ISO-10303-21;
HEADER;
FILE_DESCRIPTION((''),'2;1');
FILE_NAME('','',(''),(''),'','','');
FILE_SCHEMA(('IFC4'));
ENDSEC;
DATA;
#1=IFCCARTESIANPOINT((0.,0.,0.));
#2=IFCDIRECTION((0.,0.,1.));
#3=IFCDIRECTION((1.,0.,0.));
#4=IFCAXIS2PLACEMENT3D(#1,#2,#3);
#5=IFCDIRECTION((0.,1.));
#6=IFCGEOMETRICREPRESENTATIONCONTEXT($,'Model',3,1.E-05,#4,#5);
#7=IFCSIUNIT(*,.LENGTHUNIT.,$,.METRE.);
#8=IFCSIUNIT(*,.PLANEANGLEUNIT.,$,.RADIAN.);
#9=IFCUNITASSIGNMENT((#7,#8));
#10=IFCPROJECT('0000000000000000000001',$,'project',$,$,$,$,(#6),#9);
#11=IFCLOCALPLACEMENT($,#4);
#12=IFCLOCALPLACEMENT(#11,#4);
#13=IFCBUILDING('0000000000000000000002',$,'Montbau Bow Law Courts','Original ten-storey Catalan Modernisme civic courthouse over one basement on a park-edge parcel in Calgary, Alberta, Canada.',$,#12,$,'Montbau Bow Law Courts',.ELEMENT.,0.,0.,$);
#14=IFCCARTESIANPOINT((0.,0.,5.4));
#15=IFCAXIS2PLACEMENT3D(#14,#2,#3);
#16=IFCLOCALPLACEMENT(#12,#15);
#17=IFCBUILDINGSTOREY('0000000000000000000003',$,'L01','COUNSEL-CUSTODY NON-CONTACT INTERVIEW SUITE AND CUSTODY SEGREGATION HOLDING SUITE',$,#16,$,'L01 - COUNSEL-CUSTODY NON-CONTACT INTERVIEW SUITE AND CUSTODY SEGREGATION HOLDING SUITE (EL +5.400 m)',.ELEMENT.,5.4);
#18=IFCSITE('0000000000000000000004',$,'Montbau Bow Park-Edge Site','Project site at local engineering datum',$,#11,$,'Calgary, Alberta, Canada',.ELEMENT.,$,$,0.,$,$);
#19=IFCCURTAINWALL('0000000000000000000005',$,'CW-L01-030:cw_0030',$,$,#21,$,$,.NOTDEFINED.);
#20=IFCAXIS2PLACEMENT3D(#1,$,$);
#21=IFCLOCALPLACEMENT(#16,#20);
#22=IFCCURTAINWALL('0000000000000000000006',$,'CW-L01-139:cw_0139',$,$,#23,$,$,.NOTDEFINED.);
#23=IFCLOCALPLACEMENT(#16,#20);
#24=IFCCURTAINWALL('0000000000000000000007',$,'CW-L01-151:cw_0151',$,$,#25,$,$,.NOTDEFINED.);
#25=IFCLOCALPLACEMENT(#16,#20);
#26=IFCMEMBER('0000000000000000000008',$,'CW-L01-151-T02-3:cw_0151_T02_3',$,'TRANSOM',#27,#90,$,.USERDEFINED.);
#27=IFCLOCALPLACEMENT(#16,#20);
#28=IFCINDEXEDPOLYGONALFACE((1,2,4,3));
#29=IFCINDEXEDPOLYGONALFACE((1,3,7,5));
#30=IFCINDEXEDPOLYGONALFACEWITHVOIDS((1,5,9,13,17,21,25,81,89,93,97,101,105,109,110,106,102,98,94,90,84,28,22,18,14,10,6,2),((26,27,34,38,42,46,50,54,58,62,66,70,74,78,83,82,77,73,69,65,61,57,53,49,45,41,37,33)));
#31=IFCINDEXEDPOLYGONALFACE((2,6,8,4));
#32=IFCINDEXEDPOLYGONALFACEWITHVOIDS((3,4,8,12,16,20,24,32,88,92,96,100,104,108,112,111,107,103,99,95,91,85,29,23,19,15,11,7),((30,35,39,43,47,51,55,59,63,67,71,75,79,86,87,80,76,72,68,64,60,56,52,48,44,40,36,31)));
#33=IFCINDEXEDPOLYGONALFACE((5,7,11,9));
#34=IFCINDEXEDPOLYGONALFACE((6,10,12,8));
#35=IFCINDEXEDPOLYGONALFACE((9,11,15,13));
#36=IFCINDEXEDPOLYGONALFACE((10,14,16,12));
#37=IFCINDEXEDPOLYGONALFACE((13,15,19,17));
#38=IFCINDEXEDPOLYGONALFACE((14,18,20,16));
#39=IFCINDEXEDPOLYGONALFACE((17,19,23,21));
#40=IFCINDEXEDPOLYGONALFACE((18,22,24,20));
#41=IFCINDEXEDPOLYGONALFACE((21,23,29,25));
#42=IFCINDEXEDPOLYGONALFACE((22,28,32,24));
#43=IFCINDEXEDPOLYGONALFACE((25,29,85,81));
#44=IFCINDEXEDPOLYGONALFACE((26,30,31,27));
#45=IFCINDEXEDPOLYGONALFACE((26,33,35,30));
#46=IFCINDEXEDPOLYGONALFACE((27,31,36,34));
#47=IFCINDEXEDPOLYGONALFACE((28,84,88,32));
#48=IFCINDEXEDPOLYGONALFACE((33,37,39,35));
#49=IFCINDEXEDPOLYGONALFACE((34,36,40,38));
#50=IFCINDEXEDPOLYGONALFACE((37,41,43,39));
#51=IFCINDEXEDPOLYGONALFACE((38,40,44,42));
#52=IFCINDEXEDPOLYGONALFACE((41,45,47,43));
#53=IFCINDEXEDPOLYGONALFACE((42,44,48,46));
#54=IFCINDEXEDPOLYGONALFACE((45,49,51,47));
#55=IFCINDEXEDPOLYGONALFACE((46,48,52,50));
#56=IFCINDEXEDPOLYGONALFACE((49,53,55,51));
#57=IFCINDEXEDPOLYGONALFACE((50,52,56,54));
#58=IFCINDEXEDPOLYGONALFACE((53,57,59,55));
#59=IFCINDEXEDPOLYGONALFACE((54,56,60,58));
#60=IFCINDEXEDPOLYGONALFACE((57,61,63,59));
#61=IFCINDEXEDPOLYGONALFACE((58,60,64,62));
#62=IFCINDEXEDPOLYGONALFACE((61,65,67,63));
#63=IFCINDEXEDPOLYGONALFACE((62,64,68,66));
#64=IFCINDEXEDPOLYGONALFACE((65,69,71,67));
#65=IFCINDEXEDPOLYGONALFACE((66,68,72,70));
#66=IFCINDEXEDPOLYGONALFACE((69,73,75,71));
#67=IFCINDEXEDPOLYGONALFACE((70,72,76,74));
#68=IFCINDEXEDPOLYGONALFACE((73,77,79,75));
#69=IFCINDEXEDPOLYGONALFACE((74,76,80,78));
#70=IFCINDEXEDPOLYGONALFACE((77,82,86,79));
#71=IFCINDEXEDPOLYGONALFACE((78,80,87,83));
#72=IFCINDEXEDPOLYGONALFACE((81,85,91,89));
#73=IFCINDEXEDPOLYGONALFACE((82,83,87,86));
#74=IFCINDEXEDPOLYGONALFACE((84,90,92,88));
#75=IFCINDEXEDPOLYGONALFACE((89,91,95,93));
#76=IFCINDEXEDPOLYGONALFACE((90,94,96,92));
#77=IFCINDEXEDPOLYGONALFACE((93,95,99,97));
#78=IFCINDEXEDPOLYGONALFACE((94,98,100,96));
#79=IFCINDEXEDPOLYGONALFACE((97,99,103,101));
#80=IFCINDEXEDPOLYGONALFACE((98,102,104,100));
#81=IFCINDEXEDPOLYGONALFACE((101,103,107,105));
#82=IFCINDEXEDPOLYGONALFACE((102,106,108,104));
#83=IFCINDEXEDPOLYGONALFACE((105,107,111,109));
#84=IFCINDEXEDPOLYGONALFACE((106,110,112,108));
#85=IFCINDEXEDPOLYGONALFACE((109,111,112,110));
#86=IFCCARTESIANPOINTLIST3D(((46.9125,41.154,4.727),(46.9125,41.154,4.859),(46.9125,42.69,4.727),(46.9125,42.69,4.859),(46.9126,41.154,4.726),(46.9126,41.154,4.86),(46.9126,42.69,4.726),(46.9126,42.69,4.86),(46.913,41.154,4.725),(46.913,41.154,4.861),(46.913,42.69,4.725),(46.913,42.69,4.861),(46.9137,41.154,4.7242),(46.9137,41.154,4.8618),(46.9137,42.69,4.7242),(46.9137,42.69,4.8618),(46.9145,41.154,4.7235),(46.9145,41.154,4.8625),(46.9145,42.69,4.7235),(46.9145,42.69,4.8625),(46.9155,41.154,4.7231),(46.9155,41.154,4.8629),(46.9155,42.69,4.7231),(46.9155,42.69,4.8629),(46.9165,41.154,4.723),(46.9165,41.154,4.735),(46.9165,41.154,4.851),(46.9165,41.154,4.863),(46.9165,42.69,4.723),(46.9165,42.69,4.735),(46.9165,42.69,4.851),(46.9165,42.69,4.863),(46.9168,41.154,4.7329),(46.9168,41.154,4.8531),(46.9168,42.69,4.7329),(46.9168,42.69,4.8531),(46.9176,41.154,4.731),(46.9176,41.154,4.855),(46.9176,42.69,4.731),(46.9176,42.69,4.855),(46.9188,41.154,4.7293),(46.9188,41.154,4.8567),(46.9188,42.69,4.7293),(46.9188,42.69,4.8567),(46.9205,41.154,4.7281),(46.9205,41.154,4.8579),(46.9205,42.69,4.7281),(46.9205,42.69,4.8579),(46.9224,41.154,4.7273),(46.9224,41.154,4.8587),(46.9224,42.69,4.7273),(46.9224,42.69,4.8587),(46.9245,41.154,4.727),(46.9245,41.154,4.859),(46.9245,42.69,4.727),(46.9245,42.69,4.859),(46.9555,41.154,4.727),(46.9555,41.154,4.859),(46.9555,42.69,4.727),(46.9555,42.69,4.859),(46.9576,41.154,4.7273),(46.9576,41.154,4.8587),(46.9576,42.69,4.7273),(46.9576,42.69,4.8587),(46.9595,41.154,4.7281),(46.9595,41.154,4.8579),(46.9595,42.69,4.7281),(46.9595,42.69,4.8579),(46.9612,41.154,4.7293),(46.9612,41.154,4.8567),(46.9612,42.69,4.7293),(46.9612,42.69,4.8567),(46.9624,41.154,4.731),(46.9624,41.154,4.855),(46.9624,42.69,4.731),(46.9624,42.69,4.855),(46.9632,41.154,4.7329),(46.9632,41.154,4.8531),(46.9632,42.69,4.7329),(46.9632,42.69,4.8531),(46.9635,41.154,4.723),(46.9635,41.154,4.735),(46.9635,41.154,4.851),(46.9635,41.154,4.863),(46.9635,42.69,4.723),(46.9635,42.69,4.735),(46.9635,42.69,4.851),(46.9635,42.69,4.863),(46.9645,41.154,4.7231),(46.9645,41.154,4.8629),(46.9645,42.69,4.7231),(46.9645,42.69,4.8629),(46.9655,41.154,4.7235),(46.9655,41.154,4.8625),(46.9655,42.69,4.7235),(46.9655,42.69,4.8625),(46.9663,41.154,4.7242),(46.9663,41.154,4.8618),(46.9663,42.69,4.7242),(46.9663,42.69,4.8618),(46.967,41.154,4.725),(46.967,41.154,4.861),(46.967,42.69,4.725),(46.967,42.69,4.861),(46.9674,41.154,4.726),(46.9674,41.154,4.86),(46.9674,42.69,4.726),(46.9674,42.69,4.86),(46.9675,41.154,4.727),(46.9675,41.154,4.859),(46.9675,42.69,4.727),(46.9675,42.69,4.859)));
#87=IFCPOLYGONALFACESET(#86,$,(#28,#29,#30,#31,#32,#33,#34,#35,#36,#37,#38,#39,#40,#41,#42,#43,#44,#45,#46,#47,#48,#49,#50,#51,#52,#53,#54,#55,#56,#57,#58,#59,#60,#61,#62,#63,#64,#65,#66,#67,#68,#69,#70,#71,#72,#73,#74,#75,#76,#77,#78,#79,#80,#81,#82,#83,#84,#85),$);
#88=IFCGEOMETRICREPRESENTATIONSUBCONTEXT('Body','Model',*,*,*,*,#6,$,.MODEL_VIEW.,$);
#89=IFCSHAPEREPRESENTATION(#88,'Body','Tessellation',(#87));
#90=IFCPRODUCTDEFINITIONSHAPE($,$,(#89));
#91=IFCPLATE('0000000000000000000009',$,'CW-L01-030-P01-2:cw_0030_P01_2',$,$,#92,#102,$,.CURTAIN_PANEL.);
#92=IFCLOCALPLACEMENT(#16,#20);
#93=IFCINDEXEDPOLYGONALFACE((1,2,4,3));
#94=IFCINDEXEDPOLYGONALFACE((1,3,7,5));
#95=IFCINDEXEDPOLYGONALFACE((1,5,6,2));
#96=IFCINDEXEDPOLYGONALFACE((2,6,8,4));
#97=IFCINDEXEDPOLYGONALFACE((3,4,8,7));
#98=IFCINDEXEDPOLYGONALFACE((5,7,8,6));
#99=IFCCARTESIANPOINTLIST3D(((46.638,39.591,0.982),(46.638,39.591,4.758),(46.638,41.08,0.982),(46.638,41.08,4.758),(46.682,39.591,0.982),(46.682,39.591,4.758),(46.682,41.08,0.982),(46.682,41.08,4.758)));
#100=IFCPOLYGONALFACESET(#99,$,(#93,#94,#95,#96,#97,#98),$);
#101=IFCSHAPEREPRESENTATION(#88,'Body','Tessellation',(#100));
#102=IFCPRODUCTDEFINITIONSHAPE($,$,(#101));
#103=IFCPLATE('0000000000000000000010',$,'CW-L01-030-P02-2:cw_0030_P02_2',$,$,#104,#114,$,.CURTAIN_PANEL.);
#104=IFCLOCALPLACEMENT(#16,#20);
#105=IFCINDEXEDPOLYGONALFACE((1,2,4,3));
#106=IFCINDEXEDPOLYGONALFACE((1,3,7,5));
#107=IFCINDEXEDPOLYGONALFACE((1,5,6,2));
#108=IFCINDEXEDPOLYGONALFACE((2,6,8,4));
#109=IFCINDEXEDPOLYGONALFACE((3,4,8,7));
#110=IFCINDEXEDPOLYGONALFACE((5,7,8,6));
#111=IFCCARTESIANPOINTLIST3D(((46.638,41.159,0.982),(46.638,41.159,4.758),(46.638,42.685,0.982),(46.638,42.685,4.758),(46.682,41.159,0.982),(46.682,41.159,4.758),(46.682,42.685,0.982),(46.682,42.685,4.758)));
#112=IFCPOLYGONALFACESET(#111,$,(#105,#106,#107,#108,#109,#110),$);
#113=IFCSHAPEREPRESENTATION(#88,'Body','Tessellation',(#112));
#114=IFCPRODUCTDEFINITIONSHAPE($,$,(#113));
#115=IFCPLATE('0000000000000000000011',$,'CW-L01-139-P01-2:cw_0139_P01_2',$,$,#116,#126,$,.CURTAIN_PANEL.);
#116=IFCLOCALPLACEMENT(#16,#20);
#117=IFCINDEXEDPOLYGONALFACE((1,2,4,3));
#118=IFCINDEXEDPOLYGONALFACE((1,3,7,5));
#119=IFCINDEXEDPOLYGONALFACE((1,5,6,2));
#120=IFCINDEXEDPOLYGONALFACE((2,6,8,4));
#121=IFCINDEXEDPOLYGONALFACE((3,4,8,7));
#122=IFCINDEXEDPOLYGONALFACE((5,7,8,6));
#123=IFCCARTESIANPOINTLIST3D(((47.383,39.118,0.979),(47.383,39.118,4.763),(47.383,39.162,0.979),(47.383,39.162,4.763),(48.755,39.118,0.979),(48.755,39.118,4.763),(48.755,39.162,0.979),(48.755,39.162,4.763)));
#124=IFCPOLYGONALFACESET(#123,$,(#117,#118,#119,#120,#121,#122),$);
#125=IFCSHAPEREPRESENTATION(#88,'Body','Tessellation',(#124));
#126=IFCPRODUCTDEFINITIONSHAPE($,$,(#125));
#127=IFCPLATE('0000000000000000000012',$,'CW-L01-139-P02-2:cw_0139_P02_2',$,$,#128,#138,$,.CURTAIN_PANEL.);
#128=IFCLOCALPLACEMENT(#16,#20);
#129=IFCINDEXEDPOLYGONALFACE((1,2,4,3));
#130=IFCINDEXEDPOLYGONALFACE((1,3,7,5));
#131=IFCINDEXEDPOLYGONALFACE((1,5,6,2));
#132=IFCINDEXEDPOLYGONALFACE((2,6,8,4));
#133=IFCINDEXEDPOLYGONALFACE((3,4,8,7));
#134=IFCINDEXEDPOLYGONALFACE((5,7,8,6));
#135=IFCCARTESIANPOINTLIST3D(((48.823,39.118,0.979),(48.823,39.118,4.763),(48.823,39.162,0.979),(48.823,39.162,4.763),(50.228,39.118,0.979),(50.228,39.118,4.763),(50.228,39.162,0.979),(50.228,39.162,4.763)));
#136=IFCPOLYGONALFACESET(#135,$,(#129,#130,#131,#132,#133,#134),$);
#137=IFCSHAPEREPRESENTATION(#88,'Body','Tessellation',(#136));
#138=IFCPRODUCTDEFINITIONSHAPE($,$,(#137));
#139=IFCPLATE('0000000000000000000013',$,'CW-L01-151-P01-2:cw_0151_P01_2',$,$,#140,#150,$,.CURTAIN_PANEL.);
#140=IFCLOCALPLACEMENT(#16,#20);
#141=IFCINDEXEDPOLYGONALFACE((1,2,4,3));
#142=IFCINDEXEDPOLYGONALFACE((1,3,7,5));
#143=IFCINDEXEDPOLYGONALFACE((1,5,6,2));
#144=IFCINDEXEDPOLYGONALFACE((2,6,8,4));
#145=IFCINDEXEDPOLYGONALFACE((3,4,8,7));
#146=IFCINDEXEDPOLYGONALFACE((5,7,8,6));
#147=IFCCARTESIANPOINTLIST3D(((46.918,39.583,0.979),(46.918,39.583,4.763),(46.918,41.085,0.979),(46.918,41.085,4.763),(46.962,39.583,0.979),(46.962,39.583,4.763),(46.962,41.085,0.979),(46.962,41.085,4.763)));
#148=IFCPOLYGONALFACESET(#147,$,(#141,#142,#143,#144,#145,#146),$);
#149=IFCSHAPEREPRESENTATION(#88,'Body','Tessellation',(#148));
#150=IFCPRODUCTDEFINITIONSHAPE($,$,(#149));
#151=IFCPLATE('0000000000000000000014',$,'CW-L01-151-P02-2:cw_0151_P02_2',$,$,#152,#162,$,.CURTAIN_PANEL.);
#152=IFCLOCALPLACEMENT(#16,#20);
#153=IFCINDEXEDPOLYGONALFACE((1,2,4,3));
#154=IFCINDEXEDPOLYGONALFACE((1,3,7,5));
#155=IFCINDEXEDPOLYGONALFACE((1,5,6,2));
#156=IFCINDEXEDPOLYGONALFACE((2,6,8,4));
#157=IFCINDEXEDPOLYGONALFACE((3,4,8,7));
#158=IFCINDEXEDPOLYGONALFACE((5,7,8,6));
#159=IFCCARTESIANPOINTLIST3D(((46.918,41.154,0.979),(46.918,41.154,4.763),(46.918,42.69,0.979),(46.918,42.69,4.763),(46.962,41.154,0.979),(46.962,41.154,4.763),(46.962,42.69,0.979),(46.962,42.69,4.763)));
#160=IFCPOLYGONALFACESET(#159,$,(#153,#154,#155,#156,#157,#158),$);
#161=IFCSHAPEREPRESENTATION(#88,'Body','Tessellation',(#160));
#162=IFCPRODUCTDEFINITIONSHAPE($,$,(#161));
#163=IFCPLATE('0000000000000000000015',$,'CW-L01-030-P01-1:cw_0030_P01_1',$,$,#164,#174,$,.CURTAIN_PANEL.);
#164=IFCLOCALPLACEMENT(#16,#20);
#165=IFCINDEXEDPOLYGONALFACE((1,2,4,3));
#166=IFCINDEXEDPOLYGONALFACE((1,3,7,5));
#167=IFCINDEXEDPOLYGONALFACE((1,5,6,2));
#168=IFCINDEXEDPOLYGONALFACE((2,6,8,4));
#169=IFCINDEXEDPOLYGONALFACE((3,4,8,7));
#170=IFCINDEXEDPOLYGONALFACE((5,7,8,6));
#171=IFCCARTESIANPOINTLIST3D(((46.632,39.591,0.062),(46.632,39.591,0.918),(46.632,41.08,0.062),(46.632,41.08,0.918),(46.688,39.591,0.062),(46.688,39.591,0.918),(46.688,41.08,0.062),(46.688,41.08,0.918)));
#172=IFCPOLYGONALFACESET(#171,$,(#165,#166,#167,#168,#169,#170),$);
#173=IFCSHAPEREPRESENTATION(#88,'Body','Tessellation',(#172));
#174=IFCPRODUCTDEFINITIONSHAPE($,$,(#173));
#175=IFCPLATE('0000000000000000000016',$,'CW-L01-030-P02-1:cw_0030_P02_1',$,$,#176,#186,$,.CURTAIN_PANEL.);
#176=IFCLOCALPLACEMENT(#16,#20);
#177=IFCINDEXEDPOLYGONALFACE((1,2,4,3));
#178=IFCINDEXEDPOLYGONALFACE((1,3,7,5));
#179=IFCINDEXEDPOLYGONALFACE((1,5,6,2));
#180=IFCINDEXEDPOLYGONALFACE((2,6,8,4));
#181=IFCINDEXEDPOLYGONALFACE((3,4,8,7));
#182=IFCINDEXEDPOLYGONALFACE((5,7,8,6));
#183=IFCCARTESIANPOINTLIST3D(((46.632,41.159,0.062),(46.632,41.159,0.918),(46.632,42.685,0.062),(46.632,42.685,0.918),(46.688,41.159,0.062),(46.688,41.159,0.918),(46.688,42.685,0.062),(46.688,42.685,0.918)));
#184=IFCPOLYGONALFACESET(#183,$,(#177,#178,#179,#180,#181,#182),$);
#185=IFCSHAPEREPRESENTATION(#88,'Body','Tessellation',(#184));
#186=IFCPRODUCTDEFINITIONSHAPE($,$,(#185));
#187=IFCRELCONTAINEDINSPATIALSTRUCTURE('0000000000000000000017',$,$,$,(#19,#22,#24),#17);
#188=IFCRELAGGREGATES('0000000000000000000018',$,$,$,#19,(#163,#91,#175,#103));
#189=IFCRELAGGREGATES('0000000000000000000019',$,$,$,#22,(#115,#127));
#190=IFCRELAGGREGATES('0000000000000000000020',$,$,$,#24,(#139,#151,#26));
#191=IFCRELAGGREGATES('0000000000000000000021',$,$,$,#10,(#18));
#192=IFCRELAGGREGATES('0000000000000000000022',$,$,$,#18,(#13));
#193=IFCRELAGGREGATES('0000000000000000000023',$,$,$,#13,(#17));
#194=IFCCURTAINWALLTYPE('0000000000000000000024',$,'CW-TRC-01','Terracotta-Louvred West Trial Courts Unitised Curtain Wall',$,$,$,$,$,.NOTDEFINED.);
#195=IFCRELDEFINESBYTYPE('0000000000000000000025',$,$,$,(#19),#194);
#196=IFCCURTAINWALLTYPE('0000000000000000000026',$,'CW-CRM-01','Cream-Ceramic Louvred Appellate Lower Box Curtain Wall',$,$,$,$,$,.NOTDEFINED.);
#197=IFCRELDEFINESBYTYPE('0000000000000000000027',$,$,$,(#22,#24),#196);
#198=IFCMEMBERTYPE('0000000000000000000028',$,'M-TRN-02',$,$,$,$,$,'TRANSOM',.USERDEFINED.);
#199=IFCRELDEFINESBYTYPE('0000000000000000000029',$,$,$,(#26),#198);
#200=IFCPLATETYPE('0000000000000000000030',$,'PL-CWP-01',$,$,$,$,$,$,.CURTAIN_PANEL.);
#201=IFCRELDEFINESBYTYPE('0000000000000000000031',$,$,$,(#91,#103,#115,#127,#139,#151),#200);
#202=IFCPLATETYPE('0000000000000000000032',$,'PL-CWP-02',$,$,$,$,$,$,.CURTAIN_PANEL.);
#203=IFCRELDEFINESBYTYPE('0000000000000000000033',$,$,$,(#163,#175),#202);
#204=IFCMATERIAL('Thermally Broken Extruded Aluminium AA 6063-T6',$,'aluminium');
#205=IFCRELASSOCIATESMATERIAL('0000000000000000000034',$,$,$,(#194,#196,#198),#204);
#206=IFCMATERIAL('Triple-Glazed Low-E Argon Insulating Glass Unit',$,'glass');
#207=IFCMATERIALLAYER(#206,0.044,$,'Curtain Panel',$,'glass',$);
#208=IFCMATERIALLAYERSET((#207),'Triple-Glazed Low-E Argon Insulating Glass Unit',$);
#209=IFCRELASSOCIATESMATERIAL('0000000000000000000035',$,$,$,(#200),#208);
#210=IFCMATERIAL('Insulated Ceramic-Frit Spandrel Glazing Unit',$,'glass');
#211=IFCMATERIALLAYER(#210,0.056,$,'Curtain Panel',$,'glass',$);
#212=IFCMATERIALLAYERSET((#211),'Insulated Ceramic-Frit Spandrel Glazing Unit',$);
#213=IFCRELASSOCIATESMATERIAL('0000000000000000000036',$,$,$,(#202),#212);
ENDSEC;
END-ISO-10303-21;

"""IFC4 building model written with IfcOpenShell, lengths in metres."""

from ifc_helpers import new_model, si_unit, direction, frame, frame_2d, origin_with_axes, origin_2d_with_axis, place, context, subcontext, project, spatial, rectangle, hollow_rectangle, extrude, material, layer, layer_set, material_profile, profile_set, type_object, element, aggregate, save


model = new_model("IFC4")

# Units and contexts
model_context = context("Model", 3, precision=1e-05, world=origin_with_axes(), true_north=direction((0.0, 1.0)))
body_context = subcontext(model_context, "Body", "Model", "MODEL_VIEW")
ifc_project = project(units=[si_unit("LENGTHUNIT", "METRE"), si_unit("PLANEANGLEUNIT", "RADIAN")], contexts=[model_context])

# Site, building, storey
site_placement = place(None, origin_with_axes())
site = spatial("IfcSite", under=ifc_project, at=site_placement, Name="Montbau Bow Park-Edge Site", Description="Project site at local engineering datum", LongName="Calgary, Alberta, Canada", CompositionType="ELEMENT", RefElevation=0.0)
building_placement = place(site_placement, origin_with_axes())
building = spatial("IfcBuilding", under=site, at=building_placement, Name="Montbau Bow Law Courts", Description="Original ten-storey Catalan Modernisme civic courthouse over one basement on a park-edge parcel in Calgary, Alberta, Canada.", LongName="Montbau Bow Law Courts", CompositionType="ELEMENT", ElevationOfRefHeight=0.0, ElevationOfTerrain=0.0)
storey_placement = place(building_placement, frame((0.0, 0.0, 5.4), z_axis=(0.0, 0.0, 1.0), x_axis=(1.0, 0.0, 0.0)))
storey = spatial("IfcBuildingStorey", under=building, at=storey_placement, Name="L01", Description="COUNSEL-CUSTODY NON-CONTACT INTERVIEW SUITE AND CUSTODY SEGREGATION HOLDING SUITE", LongName="L01 - COUNSEL-CUSTODY NON-CONTACT INTERVIEW SUITE AND CUSTODY SEGREGATION HOLDING SUITE (EL +5.400 m)", CompositionType="ELEMENT", Elevation=5.4)

# Curtain walls, member
ifc_material_1 = material(Name="Thermally Broken Extruded Aluminium AA 6063-T6", Category="aluminium")
curtain_wall_type_1 = type_object("IfcCurtainWallType", Name="CW-TRC-01", Description="Terracotta-Louvred West Trial Courts Unitised Curtain Wall", PredefinedType="NOTDEFINED", material=ifc_material_1)
curtain_wall_1_placement = place(None, frame((46.66, 39.515, 5.4), z_axis=(0.0, 0.0, 1.0), x_axis=(1.0, 0.0, 0.0)))
curtain_wall_1 = element("IfcCurtainWall", 1, at=curtain_wall_1_placement, inside=storey, type_object=curtain_wall_type_1, Name="CW-L01-030:cw_0030", PredefinedType="NOTDEFINED")
curtain_wall_type_2 = type_object("IfcCurtainWallType", Name="CW-CRM-01", Description="Cream-Ceramic Louvred Appellate Lower Box Curtain Wall", PredefinedType="NOTDEFINED", material=ifc_material_1)
curtain_wall_2_placement = place(None, frame((47.315, 39.14, 5.4), z_axis=(0.0, 0.0, 1.0), x_axis=(1.0, 0.0, 0.0)))
curtain_wall_2 = element("IfcCurtainWall", 2, at=curtain_wall_2_placement, inside=storey, type_object=curtain_wall_type_2, Name="CW-L01-139:cw_0139", PredefinedType="NOTDEFINED")
ifc_material_profile_1 = material_profile(ifc_material_1, hollow_rectangle(XDim=0.055, YDim=0.14, WallThickness=0.004, InnerFilletRadius=0.008, OuterFilletRadius=0.004, at=origin_2d_with_axis()), Name="CWT-140X55", Category="Main", Priority=0)
ifc_profile_set_1 = profile_set([ifc_material_profile_1], Name="Thermally Broken Extruded Aluminium AA 6063-T6")
member_type_1 = type_object("IfcMemberType", Name="M-TRN-02", ElementType="TRANSOM", PredefinedType="USERDEFINED", material=ifc_profile_set_1)
curtain_wall_3_placement = place(None, frame((46.94, 39.515, 5.4), z_axis=(0.0, 0.0, 1.0), x_axis=(1.0, 0.0, 0.0)))
curtain_wall_3 = element("IfcCurtainWall", 3, at=curtain_wall_3_placement, inside=storey, type_object=curtain_wall_type_2, Name="CW-L01-151:cw_0151", PredefinedType="NOTDEFINED")
member_1_placement = place(None, frame((46.94, 41.154, 10.193), z_axis=(0.0, 1.0, 0.0), x_axis=(-1.0, 0.0, 0.0)))
member_1 = element("IfcMember", 4, at=member_1_placement, type_object=member_type_1, Name="CW-L01-151-T02-3:cw_0151_T02_3", ObjectType="TRANSOM", PredefinedType="USERDEFINED", context=body_context, shape_type="SweptSolid", body=[
    extrude(hollow_rectangle(XDim=0.055, YDim=0.14, WallThickness=0.004, InnerFilletRadius=0.008, OuterFilletRadius=0.004, at=origin_2d_with_axis()), origin_with_axes(), (0.0, 0.0, 1.0), 1.536),
])

# Plates
ifc_material_2 = material(Name="Triple-Glazed Low-E Argon Insulating Glass Unit", Category="glass")
ifc_layer_1 = layer(ifc_material_2, 0.044, Name="Curtain Panel", Category="glass")
ifc_layer_set_1 = layer_set([ifc_layer_1], Name="Triple-Glazed Low-E Argon Insulating Glass Unit")
plate_type_1 = type_object("IfcPlateType", Name="PL-CWP-01", PredefinedType="CURTAIN_PANEL", material=ifc_layer_set_1)
plate_1_placement = place(None, frame((46.66, 39.591, 6.382), z_axis=(1.0, 0.0, 0.0), x_axis=(0.0, 1.0, 0.0)))
plate_1 = element("IfcPlate", 5, at=plate_1_placement, type_object=plate_type_1, Name="CW-L01-030-P01-2:cw_0030_P01_2", PredefinedType="CURTAIN_PANEL", context=body_context, shape_type="SweptSolid", body=[
    extrude(rectangle(XDim=1.489, YDim=3.776, at=frame_2d((0.7445, 1.888), x_axis=(1.0, 0.0))), frame((0.0, 0.0, -0.022), z_axis=(0.0, 0.0, 1.0), x_axis=(1.0, 0.0, 0.0)), (0.0, 0.0, 1.0), 0.044),
])
plate_2_placement = place(None, frame((46.66, 41.159, 6.382), z_axis=(1.0, 0.0, 0.0), x_axis=(0.0, 1.0, 0.0)))
plate_2 = element("IfcPlate", 6, at=plate_2_placement, type_object=plate_type_1, Name="CW-L01-030-P02-2:cw_0030_P02_2", PredefinedType="CURTAIN_PANEL", context=body_context, shape_type="SweptSolid", body=[
    extrude(rectangle(XDim=1.526, YDim=3.776, at=frame_2d((0.763, 1.888), x_axis=(1.0, 0.0))), frame((0.0, 0.0, -0.022), z_axis=(0.0, 0.0, 1.0), x_axis=(1.0, 0.0, 0.0)), (0.0, 0.0, 1.0), 0.044),
])
plate_3_placement = place(None, frame((47.383, 39.14, 6.379), z_axis=(0.0, -1.0, 0.0), x_axis=(1.0, 0.0, 0.0)))
plate_3 = element("IfcPlate", 7, at=plate_3_placement, type_object=plate_type_1, Name="CW-L01-139-P01-2:cw_0139_P01_2", PredefinedType="CURTAIN_PANEL", context=body_context, shape_type="SweptSolid", body=[
    extrude(rectangle(XDim=1.372, YDim=3.784, at=frame_2d((0.686, 1.892), x_axis=(1.0, 0.0))), frame((0.0, 0.0, -0.022), z_axis=(0.0, 0.0, 1.0), x_axis=(1.0, 0.0, 0.0)), (0.0, 0.0, 1.0), 0.044),
])
plate_4_placement = place(None, frame((48.823, 39.14, 6.379), z_axis=(0.0, -1.0, 0.0), x_axis=(1.0, 0.0, 0.0)))
plate_4 = element("IfcPlate", 8, at=plate_4_placement, type_object=plate_type_1, Name="CW-L01-139-P02-2:cw_0139_P02_2", PredefinedType="CURTAIN_PANEL", context=body_context, shape_type="SweptSolid", body=[
    extrude(rectangle(XDim=1.405, YDim=3.784, at=frame_2d((0.7025, 1.892), x_axis=(1.0, 0.0))), frame((0.0, 0.0, -0.022), z_axis=(0.0, 0.0, 1.0), x_axis=(1.0, 0.0, 0.0)), (0.0, 0.0, 1.0), 0.044),
])
plate_5_placement = place(None, frame((46.94, 39.583, 6.379), z_axis=(1.0, 0.0, 0.0), x_axis=(0.0, 1.0, 0.0)))
plate_5 = element("IfcPlate", 9, at=plate_5_placement, type_object=plate_type_1, Name="CW-L01-151-P01-2:cw_0151_P01_2", PredefinedType="CURTAIN_PANEL", context=body_context, shape_type="SweptSolid", body=[
    extrude(rectangle(XDim=1.502, YDim=3.784, at=frame_2d((0.751, 1.892), x_axis=(1.0, 0.0))), frame((0.0, 0.0, -0.022), z_axis=(0.0, 0.0, 1.0), x_axis=(1.0, 0.0, 0.0)), (0.0, 0.0, 1.0), 0.044),
])
plate_6_placement = place(None, frame((46.94, 41.154, 6.379), z_axis=(1.0, 0.0, 0.0), x_axis=(0.0, 1.0, 0.0)))
plate_6 = element("IfcPlate", 10, at=plate_6_placement, type_object=plate_type_1, Name="CW-L01-151-P02-2:cw_0151_P02_2", PredefinedType="CURTAIN_PANEL", context=body_context, shape_type="SweptSolid", body=[
    extrude(rectangle(XDim=1.536, YDim=3.784, at=frame_2d((0.768, 1.892), x_axis=(1.0, 0.0))), frame((0.0, 0.0, -0.022), z_axis=(0.0, 0.0, 1.0), x_axis=(1.0, 0.0, 0.0)), (0.0, 0.0, 1.0), 0.044),
])
ifc_material_3 = material(Name="Insulated Ceramic-Frit Spandrel Glazing Unit", Category="glass")
ifc_layer_2 = layer(ifc_material_3, 0.056, Name="Curtain Panel", Category="glass")
ifc_layer_set_2 = layer_set([ifc_layer_2], Name="Insulated Ceramic-Frit Spandrel Glazing Unit")
plate_type_2 = type_object("IfcPlateType", Name="PL-CWP-02", PredefinedType="CURTAIN_PANEL", material=ifc_layer_set_2)
plate_7_placement = place(None, frame((46.66, 39.591, 5.462), z_axis=(1.0, 0.0, 0.0), x_axis=(0.0, 1.0, 0.0)))
plate_7 = element("IfcPlate", 11, at=plate_7_placement, type_object=plate_type_2, Name="CW-L01-030-P01-1:cw_0030_P01_1", PredefinedType="CURTAIN_PANEL", context=body_context, shape_type="SweptSolid", body=[
    extrude(rectangle(XDim=1.489, YDim=0.856, at=frame_2d((0.7445, 0.428), x_axis=(1.0, 0.0))), frame((0.0, 0.0, -0.028), z_axis=(0.0, 0.0, 1.0), x_axis=(1.0, 0.0, 0.0)), (0.0, 0.0, 1.0), 0.056),
])
plate_8_placement = place(None, frame((46.66, 41.159, 5.462), z_axis=(1.0, 0.0, 0.0), x_axis=(0.0, 1.0, 0.0)))
plate_8 = element("IfcPlate", 12, at=plate_8_placement, type_object=plate_type_2, Name="CW-L01-030-P02-1:cw_0030_P02_1", PredefinedType="CURTAIN_PANEL", context=body_context, shape_type="SweptSolid", body=[
    extrude(rectangle(XDim=1.526, YDim=0.856, at=frame_2d((0.763, 0.428), x_axis=(1.0, 0.0))), frame((0.0, 0.0, -0.028), z_axis=(0.0, 0.0, 1.0), x_axis=(1.0, 0.0, 0.0)), (0.0, 0.0, 1.0), 0.056),
])
aggregate(curtain_wall_1, [plate_7, plate_1, plate_8, plate_2])
aggregate(curtain_wall_2, [plate_3, plate_4])
aggregate(curtain_wall_3, [plate_5, plate_6, member_1])

save(model, "model.ifc")
